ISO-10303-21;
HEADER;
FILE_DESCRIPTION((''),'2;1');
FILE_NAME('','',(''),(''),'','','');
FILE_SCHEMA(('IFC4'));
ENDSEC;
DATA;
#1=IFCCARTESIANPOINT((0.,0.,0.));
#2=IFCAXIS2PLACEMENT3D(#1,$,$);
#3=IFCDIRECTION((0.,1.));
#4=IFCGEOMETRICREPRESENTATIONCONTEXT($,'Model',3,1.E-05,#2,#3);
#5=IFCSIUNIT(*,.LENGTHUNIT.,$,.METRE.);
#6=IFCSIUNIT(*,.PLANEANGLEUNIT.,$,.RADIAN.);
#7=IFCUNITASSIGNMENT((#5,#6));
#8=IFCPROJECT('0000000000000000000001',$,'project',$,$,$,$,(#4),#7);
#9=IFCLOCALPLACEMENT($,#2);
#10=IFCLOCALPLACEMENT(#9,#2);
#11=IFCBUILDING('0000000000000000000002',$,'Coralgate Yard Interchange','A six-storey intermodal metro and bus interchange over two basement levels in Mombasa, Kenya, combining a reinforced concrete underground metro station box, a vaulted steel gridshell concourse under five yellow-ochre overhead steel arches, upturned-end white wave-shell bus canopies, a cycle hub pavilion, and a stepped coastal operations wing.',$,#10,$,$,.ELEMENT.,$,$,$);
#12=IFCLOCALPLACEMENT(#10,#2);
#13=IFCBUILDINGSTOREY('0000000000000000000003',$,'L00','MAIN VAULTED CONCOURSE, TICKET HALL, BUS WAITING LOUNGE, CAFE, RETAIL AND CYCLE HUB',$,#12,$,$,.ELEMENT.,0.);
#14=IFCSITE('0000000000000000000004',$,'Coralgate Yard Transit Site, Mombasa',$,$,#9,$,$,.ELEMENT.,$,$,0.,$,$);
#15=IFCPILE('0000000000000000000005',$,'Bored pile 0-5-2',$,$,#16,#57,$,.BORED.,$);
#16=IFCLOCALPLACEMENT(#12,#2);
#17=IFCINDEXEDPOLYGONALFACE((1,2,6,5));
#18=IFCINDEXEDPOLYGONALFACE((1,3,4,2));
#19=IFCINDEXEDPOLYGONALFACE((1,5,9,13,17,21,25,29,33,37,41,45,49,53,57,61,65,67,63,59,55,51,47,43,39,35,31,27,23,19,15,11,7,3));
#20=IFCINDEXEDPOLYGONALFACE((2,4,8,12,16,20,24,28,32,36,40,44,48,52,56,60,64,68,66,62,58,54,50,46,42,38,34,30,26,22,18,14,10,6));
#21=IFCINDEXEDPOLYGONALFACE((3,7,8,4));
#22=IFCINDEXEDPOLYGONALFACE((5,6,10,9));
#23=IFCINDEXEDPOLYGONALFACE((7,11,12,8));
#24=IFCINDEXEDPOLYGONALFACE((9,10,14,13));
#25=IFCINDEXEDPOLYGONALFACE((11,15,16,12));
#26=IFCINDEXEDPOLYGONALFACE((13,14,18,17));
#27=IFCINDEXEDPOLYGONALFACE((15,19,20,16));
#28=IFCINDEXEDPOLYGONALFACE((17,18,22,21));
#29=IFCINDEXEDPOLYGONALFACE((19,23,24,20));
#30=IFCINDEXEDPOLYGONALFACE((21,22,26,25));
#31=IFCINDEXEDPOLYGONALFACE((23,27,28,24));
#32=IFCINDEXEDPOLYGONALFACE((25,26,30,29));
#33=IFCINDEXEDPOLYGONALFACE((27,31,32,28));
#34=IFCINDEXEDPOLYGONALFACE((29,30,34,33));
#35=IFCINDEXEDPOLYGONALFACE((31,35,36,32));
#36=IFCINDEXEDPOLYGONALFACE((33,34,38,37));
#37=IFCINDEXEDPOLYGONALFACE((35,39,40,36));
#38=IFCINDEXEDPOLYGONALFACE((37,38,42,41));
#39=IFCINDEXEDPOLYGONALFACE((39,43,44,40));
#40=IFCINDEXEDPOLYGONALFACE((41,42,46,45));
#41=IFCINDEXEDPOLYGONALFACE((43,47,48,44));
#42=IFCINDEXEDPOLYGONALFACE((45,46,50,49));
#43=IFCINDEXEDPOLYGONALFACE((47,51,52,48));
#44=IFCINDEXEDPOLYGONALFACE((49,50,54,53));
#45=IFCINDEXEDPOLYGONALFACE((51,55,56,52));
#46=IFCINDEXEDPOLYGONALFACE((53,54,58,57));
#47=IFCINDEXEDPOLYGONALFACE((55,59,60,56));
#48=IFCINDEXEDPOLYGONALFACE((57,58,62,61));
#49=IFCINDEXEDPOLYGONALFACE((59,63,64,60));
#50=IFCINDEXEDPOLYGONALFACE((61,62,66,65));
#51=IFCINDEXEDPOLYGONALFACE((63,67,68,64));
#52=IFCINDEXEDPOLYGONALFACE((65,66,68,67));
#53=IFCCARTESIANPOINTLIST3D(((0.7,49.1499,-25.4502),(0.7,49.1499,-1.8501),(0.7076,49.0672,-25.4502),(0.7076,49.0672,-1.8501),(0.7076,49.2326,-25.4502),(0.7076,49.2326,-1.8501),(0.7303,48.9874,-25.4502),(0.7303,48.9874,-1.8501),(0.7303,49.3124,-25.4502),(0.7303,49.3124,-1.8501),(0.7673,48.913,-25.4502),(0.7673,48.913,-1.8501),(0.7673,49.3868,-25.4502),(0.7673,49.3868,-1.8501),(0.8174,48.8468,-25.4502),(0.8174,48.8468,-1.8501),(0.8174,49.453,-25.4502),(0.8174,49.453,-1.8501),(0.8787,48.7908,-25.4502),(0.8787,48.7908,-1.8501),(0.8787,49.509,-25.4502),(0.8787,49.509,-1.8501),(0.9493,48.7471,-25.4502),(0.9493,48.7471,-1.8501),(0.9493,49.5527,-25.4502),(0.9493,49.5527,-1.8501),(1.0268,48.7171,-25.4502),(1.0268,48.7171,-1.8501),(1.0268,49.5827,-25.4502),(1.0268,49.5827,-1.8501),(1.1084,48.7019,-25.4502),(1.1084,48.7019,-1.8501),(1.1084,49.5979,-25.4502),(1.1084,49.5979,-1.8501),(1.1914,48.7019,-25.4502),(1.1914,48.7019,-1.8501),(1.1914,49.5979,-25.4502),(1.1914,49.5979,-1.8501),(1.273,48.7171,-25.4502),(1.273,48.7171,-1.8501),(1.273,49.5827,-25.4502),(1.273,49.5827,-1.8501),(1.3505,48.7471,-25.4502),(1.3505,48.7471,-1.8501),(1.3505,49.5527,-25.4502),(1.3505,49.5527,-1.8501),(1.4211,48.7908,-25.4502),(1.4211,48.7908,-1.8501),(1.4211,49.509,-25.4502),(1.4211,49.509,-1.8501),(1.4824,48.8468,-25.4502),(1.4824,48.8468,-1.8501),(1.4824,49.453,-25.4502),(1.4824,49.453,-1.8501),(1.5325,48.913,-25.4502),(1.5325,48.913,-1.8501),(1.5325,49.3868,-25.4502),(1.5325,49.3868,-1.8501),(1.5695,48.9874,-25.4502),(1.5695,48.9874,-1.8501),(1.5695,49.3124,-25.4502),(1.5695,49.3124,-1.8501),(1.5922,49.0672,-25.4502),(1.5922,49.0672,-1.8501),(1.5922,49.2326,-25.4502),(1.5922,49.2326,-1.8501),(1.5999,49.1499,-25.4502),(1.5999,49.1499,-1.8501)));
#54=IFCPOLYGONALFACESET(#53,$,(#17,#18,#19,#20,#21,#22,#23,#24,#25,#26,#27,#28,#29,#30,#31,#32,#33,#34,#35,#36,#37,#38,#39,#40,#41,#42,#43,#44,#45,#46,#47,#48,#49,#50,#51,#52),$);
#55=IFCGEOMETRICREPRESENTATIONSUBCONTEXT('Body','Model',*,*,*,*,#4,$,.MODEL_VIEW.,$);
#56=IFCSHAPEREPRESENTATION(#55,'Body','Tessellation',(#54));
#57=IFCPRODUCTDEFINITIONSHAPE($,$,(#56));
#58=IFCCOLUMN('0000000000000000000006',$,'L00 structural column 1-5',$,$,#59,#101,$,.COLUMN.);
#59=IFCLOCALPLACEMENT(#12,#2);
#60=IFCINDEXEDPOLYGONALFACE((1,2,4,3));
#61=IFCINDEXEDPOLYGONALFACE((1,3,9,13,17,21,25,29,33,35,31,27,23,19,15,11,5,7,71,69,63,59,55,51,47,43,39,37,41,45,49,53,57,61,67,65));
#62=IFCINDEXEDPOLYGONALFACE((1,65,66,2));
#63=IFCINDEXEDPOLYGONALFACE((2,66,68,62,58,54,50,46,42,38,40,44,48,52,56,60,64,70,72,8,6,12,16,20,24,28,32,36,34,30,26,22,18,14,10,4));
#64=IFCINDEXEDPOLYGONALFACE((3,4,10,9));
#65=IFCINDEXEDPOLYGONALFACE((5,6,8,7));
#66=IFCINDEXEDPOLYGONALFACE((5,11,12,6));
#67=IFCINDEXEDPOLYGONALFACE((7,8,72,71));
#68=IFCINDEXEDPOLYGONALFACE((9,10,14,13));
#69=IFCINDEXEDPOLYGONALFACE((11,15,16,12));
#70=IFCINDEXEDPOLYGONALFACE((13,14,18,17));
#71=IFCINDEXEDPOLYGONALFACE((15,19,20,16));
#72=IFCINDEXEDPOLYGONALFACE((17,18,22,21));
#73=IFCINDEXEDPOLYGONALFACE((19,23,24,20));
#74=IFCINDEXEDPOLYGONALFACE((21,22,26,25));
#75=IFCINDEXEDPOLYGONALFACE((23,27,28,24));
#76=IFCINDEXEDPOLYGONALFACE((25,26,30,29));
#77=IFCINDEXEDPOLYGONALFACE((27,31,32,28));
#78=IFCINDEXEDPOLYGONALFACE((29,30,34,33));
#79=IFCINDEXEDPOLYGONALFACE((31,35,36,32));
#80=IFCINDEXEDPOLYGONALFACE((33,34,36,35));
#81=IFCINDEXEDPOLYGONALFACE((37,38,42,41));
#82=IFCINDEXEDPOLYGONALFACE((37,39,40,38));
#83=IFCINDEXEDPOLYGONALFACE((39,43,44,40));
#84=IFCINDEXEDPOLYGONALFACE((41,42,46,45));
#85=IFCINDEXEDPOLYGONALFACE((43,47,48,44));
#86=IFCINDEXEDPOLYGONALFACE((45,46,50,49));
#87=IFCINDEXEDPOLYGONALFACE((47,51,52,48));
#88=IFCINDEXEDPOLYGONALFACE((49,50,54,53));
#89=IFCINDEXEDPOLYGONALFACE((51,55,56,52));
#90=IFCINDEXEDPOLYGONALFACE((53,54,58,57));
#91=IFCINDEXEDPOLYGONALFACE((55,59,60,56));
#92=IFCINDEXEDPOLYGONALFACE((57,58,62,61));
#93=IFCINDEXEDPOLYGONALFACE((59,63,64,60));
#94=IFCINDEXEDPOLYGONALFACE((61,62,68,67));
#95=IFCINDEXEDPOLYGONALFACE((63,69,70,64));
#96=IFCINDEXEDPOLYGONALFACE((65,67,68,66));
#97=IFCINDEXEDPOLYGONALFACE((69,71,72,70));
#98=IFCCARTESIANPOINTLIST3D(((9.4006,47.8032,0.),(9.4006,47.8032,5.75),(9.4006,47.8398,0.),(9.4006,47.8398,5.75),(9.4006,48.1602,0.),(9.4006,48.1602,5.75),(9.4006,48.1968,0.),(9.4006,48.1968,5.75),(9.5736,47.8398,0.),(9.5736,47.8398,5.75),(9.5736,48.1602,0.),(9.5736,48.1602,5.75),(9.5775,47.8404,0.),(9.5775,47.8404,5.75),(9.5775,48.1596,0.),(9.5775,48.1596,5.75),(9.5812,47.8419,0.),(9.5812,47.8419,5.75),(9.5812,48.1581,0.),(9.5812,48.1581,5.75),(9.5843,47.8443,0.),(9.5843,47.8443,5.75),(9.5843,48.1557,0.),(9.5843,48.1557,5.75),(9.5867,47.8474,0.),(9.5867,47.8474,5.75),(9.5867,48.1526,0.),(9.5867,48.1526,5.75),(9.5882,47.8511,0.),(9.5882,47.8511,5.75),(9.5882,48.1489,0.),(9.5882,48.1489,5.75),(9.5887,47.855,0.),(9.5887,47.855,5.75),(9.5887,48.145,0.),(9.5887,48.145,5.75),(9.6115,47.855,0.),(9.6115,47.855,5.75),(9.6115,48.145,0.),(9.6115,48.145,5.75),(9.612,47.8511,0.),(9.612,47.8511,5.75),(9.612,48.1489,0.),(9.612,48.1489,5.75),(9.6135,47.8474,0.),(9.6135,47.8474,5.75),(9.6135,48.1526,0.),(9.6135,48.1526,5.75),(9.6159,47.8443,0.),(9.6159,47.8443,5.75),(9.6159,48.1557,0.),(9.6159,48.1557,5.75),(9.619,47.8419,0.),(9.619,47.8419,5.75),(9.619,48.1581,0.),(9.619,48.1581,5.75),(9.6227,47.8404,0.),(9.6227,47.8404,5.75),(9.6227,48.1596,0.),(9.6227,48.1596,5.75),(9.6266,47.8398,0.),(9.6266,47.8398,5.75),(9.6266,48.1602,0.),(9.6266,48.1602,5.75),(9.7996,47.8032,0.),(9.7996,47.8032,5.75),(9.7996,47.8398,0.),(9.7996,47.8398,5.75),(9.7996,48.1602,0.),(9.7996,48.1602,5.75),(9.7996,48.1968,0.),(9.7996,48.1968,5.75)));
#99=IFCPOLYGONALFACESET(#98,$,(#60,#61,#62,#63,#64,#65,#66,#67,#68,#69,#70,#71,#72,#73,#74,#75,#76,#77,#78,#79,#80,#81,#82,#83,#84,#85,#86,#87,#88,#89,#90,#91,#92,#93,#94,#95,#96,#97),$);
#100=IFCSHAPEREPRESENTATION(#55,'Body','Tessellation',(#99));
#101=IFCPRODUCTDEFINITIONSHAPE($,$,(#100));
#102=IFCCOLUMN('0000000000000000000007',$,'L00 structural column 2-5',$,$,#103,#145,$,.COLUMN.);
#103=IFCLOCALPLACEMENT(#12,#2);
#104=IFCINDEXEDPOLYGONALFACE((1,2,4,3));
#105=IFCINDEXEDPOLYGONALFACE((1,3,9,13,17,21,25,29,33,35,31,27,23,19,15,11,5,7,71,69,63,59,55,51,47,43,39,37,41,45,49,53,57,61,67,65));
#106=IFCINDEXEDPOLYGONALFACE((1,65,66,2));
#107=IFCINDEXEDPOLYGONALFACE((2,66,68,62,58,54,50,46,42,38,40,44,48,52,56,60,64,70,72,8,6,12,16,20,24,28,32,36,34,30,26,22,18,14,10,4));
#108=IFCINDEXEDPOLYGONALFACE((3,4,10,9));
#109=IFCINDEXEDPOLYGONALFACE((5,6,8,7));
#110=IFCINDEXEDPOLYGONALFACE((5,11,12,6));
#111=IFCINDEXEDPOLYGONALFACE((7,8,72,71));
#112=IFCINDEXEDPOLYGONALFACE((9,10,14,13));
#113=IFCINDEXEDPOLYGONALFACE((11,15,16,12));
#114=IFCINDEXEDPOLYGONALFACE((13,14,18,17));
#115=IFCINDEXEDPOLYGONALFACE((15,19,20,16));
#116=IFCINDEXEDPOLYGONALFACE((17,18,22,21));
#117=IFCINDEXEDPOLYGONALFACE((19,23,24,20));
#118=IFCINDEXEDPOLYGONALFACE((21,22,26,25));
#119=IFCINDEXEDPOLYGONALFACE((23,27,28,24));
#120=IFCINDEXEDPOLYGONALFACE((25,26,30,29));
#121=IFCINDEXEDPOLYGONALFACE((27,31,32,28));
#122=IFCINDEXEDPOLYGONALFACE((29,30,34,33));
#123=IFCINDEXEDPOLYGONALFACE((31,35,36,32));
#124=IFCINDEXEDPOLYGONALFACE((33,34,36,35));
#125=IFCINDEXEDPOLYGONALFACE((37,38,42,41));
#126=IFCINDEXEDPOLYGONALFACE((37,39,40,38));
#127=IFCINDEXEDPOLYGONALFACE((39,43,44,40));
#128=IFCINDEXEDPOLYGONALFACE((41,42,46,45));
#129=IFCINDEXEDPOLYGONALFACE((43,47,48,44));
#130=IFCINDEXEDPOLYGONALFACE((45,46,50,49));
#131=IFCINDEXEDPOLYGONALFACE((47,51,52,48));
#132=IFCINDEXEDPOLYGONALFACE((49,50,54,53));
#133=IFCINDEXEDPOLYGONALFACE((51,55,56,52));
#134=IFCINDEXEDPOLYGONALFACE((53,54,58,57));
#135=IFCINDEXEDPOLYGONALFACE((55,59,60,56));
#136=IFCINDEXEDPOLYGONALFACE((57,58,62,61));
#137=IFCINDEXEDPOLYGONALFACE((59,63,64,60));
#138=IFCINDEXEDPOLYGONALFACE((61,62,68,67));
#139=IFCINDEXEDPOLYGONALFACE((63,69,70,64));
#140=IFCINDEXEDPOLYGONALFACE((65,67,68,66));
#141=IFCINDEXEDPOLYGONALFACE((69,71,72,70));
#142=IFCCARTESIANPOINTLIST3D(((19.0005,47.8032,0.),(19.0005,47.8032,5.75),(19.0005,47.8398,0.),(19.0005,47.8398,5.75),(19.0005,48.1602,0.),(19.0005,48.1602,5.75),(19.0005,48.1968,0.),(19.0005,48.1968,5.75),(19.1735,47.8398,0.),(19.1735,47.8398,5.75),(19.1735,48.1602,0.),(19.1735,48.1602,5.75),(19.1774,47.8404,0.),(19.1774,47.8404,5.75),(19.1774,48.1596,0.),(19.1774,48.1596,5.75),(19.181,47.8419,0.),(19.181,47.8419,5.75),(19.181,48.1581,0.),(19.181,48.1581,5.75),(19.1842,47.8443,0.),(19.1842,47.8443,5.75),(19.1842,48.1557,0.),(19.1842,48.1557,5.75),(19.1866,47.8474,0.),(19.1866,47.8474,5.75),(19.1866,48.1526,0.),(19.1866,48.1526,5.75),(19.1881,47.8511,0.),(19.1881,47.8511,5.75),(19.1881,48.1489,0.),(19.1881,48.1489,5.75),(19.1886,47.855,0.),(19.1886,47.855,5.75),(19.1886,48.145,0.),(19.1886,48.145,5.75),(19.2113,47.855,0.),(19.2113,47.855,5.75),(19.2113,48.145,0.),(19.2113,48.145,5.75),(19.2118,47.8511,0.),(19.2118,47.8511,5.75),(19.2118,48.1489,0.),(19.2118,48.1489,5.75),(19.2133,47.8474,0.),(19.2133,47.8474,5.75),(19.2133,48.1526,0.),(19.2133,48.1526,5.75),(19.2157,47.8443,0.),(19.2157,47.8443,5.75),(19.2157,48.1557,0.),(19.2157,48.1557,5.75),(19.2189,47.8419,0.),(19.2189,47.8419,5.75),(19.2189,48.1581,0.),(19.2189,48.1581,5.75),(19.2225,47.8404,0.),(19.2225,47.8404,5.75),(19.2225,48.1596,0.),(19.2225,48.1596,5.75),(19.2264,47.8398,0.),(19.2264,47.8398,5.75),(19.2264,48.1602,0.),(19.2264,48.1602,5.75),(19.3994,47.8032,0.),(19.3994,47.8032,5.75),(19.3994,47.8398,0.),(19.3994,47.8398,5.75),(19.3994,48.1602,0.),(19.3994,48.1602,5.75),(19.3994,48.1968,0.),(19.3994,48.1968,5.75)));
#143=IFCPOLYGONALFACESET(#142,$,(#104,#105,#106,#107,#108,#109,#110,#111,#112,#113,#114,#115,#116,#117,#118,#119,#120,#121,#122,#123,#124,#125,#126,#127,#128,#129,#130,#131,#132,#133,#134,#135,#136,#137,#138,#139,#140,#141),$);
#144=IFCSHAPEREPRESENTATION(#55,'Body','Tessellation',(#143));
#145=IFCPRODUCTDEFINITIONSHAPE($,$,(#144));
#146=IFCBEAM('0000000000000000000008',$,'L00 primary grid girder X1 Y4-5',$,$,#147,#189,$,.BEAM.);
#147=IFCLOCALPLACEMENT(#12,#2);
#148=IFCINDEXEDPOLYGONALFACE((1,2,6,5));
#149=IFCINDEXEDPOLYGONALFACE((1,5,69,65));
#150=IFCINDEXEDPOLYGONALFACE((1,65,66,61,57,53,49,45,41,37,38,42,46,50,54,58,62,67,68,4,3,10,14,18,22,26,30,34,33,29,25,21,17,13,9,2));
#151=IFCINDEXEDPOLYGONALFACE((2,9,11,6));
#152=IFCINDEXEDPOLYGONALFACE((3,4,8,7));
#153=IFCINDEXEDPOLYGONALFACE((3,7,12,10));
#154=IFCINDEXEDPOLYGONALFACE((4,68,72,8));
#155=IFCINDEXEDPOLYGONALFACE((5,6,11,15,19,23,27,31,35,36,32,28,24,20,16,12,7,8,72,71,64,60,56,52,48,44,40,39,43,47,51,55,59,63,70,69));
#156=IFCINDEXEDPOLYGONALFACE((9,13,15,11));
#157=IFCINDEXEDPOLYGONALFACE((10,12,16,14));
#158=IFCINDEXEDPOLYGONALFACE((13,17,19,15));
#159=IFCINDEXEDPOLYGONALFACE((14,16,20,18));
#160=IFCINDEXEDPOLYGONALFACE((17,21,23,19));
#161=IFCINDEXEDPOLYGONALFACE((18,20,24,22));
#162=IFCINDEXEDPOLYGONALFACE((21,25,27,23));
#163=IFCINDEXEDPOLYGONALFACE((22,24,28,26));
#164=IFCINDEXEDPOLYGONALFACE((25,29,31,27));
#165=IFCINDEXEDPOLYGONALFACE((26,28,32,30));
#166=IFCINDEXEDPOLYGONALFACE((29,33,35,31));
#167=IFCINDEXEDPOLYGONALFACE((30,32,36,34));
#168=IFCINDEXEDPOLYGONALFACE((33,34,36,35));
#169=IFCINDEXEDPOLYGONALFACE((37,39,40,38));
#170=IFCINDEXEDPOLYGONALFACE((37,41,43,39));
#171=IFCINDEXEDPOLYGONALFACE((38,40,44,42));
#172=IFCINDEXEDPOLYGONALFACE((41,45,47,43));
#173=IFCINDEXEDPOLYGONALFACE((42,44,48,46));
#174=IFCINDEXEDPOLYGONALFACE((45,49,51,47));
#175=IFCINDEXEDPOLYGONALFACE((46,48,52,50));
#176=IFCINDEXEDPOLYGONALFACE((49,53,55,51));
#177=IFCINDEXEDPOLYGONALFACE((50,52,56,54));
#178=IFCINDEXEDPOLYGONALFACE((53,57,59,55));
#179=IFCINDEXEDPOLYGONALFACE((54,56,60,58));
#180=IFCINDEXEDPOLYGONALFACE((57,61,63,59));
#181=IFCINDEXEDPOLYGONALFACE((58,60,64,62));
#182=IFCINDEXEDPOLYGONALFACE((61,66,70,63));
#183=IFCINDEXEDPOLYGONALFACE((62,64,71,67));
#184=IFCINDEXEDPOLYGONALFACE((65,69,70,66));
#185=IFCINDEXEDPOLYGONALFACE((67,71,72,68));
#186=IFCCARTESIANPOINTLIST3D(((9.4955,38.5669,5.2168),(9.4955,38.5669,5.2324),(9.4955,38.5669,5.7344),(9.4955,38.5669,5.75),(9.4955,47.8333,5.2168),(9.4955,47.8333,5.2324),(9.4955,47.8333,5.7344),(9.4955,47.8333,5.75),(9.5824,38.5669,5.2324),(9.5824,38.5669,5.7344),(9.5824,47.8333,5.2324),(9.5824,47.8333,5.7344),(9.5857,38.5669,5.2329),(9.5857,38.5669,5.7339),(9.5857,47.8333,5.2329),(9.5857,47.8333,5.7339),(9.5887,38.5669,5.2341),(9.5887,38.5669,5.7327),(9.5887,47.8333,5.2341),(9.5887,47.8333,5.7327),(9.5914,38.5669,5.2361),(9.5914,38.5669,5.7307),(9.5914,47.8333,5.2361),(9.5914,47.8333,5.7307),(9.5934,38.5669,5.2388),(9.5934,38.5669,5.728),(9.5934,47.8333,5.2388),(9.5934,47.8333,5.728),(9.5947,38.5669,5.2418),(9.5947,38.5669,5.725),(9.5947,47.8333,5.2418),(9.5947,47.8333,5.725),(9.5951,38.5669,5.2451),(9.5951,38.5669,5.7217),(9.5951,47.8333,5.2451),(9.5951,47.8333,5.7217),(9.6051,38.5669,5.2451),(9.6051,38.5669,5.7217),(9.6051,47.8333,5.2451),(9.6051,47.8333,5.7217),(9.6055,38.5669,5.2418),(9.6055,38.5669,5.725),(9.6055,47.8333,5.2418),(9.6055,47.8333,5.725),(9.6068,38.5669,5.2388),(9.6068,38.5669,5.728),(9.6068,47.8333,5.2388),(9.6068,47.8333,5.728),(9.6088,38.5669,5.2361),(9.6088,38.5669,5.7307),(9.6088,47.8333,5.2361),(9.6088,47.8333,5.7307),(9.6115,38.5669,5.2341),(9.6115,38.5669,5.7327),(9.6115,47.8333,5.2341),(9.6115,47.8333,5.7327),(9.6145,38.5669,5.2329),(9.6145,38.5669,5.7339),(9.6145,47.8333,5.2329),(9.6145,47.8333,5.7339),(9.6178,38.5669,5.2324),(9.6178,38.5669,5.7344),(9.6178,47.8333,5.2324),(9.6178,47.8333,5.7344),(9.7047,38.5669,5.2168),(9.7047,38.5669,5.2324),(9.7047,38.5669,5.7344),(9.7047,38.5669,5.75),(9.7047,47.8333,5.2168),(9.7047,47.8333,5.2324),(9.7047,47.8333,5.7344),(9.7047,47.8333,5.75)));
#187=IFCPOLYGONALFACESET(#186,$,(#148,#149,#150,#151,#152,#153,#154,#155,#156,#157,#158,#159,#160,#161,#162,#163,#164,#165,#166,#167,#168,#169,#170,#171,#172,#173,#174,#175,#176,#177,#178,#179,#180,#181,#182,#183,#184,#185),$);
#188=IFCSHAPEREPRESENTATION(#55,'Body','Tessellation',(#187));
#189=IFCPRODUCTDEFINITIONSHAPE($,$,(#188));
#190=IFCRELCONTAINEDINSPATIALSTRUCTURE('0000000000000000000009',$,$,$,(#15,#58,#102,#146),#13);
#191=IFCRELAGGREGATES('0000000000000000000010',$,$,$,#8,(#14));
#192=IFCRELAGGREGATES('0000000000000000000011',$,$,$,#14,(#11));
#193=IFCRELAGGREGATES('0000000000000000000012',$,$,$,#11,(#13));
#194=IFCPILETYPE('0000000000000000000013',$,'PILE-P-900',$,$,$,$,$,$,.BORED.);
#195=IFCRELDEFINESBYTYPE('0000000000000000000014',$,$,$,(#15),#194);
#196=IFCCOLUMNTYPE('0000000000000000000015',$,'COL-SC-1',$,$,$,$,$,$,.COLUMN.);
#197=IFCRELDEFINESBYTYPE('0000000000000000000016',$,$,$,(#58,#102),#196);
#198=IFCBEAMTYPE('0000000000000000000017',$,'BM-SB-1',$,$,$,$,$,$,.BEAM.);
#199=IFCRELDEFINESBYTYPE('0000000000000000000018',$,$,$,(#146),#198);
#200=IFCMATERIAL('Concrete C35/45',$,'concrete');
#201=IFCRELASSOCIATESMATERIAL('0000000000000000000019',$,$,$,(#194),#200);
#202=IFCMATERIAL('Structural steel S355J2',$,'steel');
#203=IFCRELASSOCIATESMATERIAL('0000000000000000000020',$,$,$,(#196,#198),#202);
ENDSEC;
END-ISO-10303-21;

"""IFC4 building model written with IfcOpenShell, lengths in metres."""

from ifc_helpers import new_model, si_unit, direction, frame, origin, origin_2d, place, context, subcontext, project, spatial, circle, i_section, extrude, material, material_profile, profile_set, type_object, element, save


model = new_model("IFC4")

# Units and contexts
model_context = context("Model", 3, precision=1e-05, world=origin(), true_north=direction((0.0, 1.0)))
body_context = subcontext(model_context, "Body", "Model", "MODEL_VIEW")
ifc_project = project(units=[si_unit("LENGTHUNIT", "METRE"), si_unit("PLANEANGLEUNIT", "RADIAN")], contexts=[model_context])

# Site, building, storey
site_placement = place(None, origin())
site = spatial("IfcSite", under=ifc_project, at=site_placement, Name="Coralgate Yard Transit Site, Mombasa", CompositionType="ELEMENT", RefElevation=0.0)
building_placement = place(site_placement, origin())
building = spatial("IfcBuilding", under=site, at=building_placement, Name="Coralgate Yard Interchange", Description="A six-storey intermodal metro and bus interchange over two basement levels in Mombasa, Kenya, combining a reinforced concrete underground metro station box, a vaulted steel gridshell concourse under five yellow-ochre overhead steel arches, upturned-end white wave-shell bus canopies, a cycle hub pavilion, and a stepped coastal operations wing.", CompositionType="ELEMENT")
storey_placement = place(building_placement, origin())
storey = spatial("IfcBuildingStorey", under=building, at=storey_placement, Name="L00", Description="MAIN VAULTED CONCOURSE, TICKET HALL, BUS WAITING LOUNGE, CAFE, RETAIL AND CYCLE HUB", CompositionType="ELEMENT", Elevation=0.0)

# Pile
ifc_material_1 = material(Name="Concrete C35/45", Category="concrete")
ifc_material_profile_1 = material_profile(ifc_material_1, circle(Radius=0.45, at=origin_2d()), Name="BORED PILE D900")
ifc_profile_set_1 = profile_set([ifc_material_profile_1], Name="Concrete C35/45")
pile_type = type_object("IfcPileType", Name="PILE-P-900", PredefinedType="BORED", material=ifc_profile_set_1)
pile_placement = place(storey_placement, frame((1.1499, 49.1499, -1.8501), z_axis=(0.0, 0.0, -1.0), x_axis=(1.0, 0.0, 0.0)))
element("IfcPile", 1, at=pile_placement, inside=storey, type_object=pile_type, Name="Bored pile 0-5-2", PredefinedType="BORED", context=body_context, shape_type="SweptSolid", body=[
    extrude(circle(Radius=0.45, at=origin_2d()), origin(), (0.0, 0.0, 1.0), 23.6001),
])

# Columns
ifc_material_2 = material(Name="Structural steel S355J2", Category="steel")
ifc_material_profile_2 = material_profile(ifc_material_2, i_section(OverallWidth=0.3989, OverallDepth=0.3936, WebThickness=0.0227, FlangeThickness=0.0366, FilletRadius=0.0151, at=origin_2d()), Name="UC 356x406x287")
ifc_profile_set_2 = profile_set([ifc_material_profile_2], Name="Structural steel S355J2")
column_type = type_object("IfcColumnType", Name="COL-SC-1", PredefinedType="COLUMN", material=ifc_profile_set_2)
for number, where, z_axis, x_axis, name in (
    (2, (9.6001, 48.0, 0.0), (0.0, 0.0, 1.0), (1.0, 0.0, 0.0), "L00 structural column 1-5"),
    (3, (19.2, 48.0, 0.0), (0.0, 0.0, 1.0), (1.0, 0.0, 0.0), "L00 structural column 2-5"),
):
    element("IfcColumn", number, at=place(storey_placement, frame(where, z_axis=z_axis, x_axis=x_axis)), inside=storey, type_object=column_type, Name=name, PredefinedType="COLUMN", context=body_context, shape_type="SweptSolid", body=[
        extrude(i_section(OverallWidth=0.3989, OverallDepth=0.3936, WebThickness=0.0227, FlangeThickness=0.0366, FilletRadius=0.0151, at=origin_2d()), origin(), (0.0, 0.0, 1.0), 5.75),
    ])

# Beam
ifc_material_profile_3 = material_profile(ifc_material_2, i_section(OverallWidth=0.2092, OverallDepth=0.5332, WebThickness=0.01, FlangeThickness=0.0156, FilletRadius=0.0127, at=origin_2d()), Name="UB 533x210x92")
ifc_profile_set_3 = profile_set([ifc_material_profile_3], Name="Structural steel S355J2")
beam_type_1 = type_object("IfcBeamType", Name="BM-SB-1", PredefinedType="BEAM", material=ifc_profile_set_3)
for number, where, z_axis, x_axis, name in (
    (4, (9.6001, 38.5669, 5.4834), (0.0, 1.0, 0.0), (-1.0, 0.0, 0.0), "L00 primary grid girder X1 Y4-5"),
):
    element("IfcBeam", number, at=place(storey_placement, frame(where, z_axis=z_axis, x_axis=x_axis)), inside=storey, type_object=beam_type_1, Name=name, PredefinedType="BEAM", context=body_context, shape_type="SweptSolid", body=[
        extrude(i_section(OverallWidth=0.2092, OverallDepth=0.5332, WebThickness=0.01, FlangeThickness=0.0156, FilletRadius=0.0127, at=origin_2d()), origin(), (0.0, 0.0, 1.0), 9.2664),
    ])

save(model, "model.ifc")
